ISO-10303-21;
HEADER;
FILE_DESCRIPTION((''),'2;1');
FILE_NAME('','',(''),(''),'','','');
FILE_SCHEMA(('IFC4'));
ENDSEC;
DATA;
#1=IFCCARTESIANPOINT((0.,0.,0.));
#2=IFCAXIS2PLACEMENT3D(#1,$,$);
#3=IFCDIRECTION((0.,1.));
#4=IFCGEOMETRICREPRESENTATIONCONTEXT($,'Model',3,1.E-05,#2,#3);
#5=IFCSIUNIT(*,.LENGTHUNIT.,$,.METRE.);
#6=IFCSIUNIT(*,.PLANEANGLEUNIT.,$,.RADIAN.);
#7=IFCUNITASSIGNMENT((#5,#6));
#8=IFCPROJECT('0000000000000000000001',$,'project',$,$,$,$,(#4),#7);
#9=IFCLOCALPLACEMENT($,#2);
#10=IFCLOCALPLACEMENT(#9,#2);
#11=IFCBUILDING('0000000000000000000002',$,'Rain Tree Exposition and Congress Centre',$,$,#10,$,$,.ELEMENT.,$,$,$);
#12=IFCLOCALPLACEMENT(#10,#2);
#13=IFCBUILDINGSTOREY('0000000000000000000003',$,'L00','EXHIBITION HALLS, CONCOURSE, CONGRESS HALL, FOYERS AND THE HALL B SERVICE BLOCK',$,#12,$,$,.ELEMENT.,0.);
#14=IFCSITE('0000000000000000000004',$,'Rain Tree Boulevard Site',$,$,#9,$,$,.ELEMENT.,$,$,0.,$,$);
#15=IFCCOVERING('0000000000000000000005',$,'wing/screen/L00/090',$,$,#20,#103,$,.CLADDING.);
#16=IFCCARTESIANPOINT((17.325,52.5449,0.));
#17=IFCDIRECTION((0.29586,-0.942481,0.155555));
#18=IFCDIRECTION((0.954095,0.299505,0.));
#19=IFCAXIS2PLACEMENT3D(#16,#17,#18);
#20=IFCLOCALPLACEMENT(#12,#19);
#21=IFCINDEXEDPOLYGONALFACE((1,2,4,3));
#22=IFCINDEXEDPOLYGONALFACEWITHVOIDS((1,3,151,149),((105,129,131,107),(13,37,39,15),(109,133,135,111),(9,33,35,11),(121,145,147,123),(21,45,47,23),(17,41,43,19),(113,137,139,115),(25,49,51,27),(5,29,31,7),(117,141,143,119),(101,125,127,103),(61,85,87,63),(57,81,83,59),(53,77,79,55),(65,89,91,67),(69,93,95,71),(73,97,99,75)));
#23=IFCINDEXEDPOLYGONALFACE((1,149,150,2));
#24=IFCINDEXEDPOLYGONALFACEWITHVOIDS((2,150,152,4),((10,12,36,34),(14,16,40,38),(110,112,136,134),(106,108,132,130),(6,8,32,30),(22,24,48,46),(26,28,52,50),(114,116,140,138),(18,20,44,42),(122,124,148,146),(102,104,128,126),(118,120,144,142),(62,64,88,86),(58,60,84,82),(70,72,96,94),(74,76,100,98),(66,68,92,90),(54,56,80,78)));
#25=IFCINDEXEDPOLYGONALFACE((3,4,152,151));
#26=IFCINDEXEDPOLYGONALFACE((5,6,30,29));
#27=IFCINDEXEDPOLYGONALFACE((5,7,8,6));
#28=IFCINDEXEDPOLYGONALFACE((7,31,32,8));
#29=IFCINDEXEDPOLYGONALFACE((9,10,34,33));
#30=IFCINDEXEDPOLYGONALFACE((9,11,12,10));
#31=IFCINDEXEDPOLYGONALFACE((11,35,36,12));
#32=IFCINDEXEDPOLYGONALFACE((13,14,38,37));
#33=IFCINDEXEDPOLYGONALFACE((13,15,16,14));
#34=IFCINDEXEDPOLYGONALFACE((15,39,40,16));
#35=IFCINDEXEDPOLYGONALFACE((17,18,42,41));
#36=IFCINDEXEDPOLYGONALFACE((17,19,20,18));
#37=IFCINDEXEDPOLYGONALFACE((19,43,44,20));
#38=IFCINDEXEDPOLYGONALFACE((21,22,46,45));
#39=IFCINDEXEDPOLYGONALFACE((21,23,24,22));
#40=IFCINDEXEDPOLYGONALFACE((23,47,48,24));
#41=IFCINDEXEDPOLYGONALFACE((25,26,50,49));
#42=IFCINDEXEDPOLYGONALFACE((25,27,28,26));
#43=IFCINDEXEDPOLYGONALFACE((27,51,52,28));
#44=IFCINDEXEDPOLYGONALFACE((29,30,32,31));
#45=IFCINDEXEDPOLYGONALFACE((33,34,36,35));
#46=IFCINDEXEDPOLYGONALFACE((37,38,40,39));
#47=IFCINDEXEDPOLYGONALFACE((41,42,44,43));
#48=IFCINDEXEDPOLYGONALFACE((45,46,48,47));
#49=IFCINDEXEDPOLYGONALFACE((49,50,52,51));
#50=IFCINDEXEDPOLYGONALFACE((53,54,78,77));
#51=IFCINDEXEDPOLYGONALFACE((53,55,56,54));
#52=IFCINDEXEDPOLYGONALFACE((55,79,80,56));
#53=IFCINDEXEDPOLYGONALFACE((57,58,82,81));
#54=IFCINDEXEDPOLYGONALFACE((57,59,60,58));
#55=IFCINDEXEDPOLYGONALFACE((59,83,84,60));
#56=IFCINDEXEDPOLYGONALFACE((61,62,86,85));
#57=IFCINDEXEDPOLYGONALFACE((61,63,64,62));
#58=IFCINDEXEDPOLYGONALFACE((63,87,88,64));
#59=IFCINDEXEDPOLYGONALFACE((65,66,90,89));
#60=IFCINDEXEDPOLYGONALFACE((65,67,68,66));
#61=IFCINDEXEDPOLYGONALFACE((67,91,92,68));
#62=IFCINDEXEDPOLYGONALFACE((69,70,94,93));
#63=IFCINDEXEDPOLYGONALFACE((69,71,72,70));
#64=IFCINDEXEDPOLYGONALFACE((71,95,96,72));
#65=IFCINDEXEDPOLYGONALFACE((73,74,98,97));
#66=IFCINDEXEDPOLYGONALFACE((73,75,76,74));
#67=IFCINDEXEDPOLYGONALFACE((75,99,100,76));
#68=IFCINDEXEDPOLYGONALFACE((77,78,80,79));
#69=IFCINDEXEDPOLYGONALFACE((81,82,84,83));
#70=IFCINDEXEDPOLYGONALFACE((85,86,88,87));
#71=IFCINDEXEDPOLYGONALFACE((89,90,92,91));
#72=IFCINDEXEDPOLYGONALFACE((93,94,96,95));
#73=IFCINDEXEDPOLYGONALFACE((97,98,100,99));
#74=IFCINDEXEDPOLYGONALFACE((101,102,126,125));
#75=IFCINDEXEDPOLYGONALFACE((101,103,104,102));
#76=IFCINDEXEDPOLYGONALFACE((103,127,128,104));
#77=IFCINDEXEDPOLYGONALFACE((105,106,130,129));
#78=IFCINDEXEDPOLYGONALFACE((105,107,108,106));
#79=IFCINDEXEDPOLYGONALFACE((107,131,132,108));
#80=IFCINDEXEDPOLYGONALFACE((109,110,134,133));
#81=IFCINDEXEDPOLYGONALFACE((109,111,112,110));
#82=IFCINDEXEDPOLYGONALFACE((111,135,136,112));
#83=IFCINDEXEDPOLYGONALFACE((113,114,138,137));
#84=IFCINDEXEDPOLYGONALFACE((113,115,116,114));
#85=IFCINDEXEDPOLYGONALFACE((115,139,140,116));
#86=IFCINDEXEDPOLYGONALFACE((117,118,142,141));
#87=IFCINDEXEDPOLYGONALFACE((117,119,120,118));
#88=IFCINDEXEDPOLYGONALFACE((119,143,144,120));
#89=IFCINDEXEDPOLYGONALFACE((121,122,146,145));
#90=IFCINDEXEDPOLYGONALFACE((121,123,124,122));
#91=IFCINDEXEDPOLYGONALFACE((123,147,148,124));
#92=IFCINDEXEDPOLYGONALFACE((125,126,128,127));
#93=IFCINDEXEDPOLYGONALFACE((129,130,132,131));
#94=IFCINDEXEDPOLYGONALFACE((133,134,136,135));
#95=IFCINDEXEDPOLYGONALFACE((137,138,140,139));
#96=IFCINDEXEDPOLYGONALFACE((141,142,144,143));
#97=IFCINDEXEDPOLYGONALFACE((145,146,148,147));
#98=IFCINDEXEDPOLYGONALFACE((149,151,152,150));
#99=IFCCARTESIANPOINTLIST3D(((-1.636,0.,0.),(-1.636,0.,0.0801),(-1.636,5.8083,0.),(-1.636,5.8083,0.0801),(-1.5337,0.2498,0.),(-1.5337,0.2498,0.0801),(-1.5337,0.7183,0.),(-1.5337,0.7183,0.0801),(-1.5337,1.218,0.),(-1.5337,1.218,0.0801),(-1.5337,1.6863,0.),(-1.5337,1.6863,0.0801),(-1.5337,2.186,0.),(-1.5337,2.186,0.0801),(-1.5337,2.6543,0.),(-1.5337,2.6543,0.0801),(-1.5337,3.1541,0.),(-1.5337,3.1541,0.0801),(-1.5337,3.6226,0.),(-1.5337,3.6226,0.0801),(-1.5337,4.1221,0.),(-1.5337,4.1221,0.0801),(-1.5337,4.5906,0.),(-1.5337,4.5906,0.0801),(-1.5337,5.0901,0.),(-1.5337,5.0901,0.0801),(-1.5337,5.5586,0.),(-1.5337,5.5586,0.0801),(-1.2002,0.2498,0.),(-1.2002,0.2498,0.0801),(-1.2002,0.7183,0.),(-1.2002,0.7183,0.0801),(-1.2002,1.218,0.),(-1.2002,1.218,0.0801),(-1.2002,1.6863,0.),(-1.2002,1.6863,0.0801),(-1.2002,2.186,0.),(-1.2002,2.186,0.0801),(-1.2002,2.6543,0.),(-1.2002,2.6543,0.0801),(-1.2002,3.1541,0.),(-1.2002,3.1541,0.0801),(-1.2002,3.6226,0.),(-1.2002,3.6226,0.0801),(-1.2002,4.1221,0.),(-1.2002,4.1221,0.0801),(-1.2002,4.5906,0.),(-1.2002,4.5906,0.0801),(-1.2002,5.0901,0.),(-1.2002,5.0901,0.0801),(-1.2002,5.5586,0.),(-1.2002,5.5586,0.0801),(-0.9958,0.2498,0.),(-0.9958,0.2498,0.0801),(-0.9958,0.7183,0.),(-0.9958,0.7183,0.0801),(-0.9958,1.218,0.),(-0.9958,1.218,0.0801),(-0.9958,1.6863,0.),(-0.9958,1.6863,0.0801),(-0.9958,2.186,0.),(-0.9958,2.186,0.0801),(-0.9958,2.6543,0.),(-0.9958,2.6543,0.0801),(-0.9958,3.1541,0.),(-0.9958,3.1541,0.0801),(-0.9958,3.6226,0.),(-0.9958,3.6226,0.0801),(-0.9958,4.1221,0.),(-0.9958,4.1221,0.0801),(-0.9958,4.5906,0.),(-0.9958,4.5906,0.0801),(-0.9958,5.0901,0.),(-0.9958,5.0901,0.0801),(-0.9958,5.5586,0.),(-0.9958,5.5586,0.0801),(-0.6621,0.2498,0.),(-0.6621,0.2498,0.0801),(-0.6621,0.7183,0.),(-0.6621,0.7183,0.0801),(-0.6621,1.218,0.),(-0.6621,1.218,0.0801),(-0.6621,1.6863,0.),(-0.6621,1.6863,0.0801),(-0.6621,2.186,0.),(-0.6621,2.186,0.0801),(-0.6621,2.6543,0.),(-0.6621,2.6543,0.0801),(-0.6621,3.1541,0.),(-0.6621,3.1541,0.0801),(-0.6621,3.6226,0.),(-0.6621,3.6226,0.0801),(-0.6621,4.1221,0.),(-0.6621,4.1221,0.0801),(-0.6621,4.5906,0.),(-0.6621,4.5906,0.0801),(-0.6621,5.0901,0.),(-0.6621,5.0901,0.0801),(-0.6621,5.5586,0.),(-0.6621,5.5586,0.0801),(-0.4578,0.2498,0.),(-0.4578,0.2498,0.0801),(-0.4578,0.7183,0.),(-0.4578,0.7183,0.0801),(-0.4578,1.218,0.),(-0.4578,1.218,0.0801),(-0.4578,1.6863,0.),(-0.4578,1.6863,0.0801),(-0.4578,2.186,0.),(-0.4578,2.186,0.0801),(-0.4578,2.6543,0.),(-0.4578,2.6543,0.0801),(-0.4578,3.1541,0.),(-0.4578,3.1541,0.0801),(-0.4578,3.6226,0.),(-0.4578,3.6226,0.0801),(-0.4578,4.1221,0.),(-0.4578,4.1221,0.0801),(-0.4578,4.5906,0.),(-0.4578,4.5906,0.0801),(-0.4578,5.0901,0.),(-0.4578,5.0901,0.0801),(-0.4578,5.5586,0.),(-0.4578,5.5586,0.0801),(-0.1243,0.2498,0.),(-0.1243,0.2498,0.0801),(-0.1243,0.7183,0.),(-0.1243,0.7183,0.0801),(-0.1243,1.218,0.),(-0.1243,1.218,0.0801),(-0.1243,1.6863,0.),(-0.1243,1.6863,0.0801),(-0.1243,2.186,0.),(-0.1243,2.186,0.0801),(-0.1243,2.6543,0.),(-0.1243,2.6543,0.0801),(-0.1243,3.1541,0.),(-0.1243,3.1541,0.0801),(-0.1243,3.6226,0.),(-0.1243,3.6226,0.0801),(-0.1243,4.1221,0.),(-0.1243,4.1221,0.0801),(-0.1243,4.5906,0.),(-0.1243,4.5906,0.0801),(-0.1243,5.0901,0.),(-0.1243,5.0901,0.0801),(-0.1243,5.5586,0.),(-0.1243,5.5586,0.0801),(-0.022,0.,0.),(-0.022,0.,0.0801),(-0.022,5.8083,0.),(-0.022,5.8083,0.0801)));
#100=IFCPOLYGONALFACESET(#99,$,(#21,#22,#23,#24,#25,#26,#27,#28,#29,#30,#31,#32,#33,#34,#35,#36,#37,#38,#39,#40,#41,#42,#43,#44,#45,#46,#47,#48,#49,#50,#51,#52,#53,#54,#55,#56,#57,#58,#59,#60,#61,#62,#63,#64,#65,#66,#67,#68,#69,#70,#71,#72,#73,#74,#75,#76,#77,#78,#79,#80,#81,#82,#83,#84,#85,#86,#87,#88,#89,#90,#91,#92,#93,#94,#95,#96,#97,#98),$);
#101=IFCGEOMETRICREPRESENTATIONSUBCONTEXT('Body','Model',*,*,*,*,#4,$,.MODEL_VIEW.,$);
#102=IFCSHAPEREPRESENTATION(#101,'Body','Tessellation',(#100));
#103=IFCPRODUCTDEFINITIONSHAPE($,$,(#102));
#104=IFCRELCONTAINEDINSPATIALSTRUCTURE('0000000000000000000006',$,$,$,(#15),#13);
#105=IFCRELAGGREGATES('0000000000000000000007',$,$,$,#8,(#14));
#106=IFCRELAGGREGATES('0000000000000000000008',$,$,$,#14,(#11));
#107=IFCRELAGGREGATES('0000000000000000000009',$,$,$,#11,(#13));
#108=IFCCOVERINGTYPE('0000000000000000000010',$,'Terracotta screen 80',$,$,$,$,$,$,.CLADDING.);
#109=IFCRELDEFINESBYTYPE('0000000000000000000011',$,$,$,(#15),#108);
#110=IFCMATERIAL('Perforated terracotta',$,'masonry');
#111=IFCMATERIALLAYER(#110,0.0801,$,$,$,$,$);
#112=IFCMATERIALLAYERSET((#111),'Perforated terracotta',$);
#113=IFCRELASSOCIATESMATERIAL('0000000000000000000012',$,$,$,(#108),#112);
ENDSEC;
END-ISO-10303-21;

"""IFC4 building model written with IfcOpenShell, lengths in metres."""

from ifc_helpers import new_model, si_unit, direction, frame, origin, place, context, subcontext, project, spatial, polyline, outline, extrude, material, layer, layer_set, type_object, element, save


model = new_model("IFC4")

# Units and contexts
model_context = context("Model", 3, precision=1e-05, world=origin(), true_north=direction((0.0, 1.0)))
body_context = subcontext(model_context, "Body", "Model", "MODEL_VIEW")
ifc_project = project(units=[si_unit("LENGTHUNIT", "METRE"), si_unit("PLANEANGLEUNIT", "RADIAN")], contexts=[model_context])

# Site, building, storey
site_placement = place(None, origin())
site = spatial("IfcSite", under=ifc_project, at=site_placement, Name="Rain Tree Boulevard Site", CompositionType="ELEMENT", RefElevation=0.0)
building_placement = place(site_placement, origin())
building = spatial("IfcBuilding", under=site, at=building_placement, Name="Rain Tree Exposition and Congress Centre", CompositionType="ELEMENT")
storey_placement = place(building_placement, origin())
storey = spatial("IfcBuildingStorey", under=building, at=storey_placement, Name="L00", Description="EXHIBITION HALLS, CONCOURSE, CONGRESS HALL, FOYERS AND THE HALL B SERVICE BLOCK", CompositionType="ELEMENT", Elevation=0.0)

# Covering
ifc_material_1 = material(Name="Perforated terracotta", Category="masonry")
ifc_layer_1 = layer(ifc_material_1, 0.0801)
ifc_layer_set_1 = layer_set([ifc_layer_1], Name="Perforated terracotta")
covering_type = type_object("IfcCoveringType", Name="Terracotta screen 80", PredefinedType="CLADDING", material=ifc_layer_set_1)
covering_1_placement = place(storey_placement, frame((17.325, 52.5449, 0.0), z_axis=(0.29586, -0.942481, 0.155555), x_axis=(0.954095, 0.299505, 0.0)))
element("IfcCovering", 1, at=covering_1_placement, inside=storey, type_object=covering_type, Name="wing/screen/L00/090", PredefinedType="CLADDING", context=body_context, shape_type="SweptSolid", body=[
    extrude(outline(polyline([(-0.022, 5.8083), (-0.022, 0.0), (-1.636, 0.0), (-1.636, 5.8083), (-0.022, 5.8083)]), holes=[polyline([(-0.1243, 0.2498), (-0.1243, 0.7183), (-0.4578, 0.7183), (-0.4578, 0.2498), (-0.1243, 0.2498)]), polyline([(-0.1243, 1.218), (-0.1243, 1.6863), (-0.4578, 1.6863), (-0.4578, 1.218), (-0.1243, 1.218)]), polyline([(-0.1243, 2.186), (-0.1243, 2.6543), (-0.4578, 2.6543), (-0.4578, 2.186), (-0.1243, 2.186)]), polyline([(-0.1243, 3.1541), (-0.1243, 3.6226), (-0.4578, 3.6226), (-0.4578, 3.1541), (-0.1243, 3.1541)]), polyline([(-0.1243, 4.1221), (-0.1243, 4.5906), (-0.4578, 4.5906), (-0.4578, 4.1221), (-0.1243, 4.1221)]), polyline([(-0.1243, 5.0901), (-0.1243, 5.5586), (-0.4578, 5.5586), (-0.4578, 5.0901), (-0.1243, 5.0901)]), polyline([(-0.6621, 0.2498), (-0.6621, 0.7183), (-0.9958, 0.7183), (-0.9958, 0.2498), (-0.6621, 0.2498)]), polyline([(-0.6621, 1.218), (-0.6621, 1.6863), (-0.9958, 1.6863), (-0.9958, 1.218), (-0.6621, 1.218)]), polyline([(-0.6621, 2.186), (-0.6621, 2.6543), (-0.9958, 2.6543), (-0.9958, 2.186), (-0.6621, 2.186)]), polyline([(-0.6621, 3.1541), (-0.6621, 3.6226), (-0.9958, 3.6226), (-0.9958, 3.1541), (-0.6621, 3.1541)]), polyline([(-0.6621, 4.1221), (-0.6621, 4.5906), (-0.9958, 4.5906), (-0.9958, 4.1221), (-0.6621, 4.1221)]), polyline([(-0.6621, 5.0901), (-0.6621, 5.5586), (-0.9958, 5.5586), (-0.9958, 5.0901), (-0.6621, 5.0901)]), polyline([(-1.2002, 0.2498), (-1.2002, 0.7183), (-1.5337, 0.7183), (-1.5337, 0.2498), (-1.2002, 0.2498)]), polyline([(-1.2002, 1.218), (-1.2002, 1.6863), (-1.5337, 1.6863), (-1.5337, 1.218), (-1.2002, 1.218)]), polyline([(-1.2002, 2.186), (-1.2002, 2.6543), (-1.5337, 2.6543), (-1.5337, 2.186), (-1.2002, 2.186)]), polyline([(-1.2002, 3.1541), (-1.2002, 3.6226), (-1.5337, 3.6226), (-1.5337, 3.1541), (-1.2002, 3.1541)]), polyline([(-1.2002, 4.1221), (-1.2002, 4.5906), (-1.5337, 4.5906), (-1.5337, 4.1221), (-1.2002, 4.1221)]), polyline([(-1.2002, 5.0901), (-1.2002, 5.5586), (-1.5337, 5.5586), (-1.5337, 5.0901), (-1.2002, 5.0901)])]), origin(), (0.0, 0.0, 1.0), 0.0801),
])

save(model, "model.ifc")
